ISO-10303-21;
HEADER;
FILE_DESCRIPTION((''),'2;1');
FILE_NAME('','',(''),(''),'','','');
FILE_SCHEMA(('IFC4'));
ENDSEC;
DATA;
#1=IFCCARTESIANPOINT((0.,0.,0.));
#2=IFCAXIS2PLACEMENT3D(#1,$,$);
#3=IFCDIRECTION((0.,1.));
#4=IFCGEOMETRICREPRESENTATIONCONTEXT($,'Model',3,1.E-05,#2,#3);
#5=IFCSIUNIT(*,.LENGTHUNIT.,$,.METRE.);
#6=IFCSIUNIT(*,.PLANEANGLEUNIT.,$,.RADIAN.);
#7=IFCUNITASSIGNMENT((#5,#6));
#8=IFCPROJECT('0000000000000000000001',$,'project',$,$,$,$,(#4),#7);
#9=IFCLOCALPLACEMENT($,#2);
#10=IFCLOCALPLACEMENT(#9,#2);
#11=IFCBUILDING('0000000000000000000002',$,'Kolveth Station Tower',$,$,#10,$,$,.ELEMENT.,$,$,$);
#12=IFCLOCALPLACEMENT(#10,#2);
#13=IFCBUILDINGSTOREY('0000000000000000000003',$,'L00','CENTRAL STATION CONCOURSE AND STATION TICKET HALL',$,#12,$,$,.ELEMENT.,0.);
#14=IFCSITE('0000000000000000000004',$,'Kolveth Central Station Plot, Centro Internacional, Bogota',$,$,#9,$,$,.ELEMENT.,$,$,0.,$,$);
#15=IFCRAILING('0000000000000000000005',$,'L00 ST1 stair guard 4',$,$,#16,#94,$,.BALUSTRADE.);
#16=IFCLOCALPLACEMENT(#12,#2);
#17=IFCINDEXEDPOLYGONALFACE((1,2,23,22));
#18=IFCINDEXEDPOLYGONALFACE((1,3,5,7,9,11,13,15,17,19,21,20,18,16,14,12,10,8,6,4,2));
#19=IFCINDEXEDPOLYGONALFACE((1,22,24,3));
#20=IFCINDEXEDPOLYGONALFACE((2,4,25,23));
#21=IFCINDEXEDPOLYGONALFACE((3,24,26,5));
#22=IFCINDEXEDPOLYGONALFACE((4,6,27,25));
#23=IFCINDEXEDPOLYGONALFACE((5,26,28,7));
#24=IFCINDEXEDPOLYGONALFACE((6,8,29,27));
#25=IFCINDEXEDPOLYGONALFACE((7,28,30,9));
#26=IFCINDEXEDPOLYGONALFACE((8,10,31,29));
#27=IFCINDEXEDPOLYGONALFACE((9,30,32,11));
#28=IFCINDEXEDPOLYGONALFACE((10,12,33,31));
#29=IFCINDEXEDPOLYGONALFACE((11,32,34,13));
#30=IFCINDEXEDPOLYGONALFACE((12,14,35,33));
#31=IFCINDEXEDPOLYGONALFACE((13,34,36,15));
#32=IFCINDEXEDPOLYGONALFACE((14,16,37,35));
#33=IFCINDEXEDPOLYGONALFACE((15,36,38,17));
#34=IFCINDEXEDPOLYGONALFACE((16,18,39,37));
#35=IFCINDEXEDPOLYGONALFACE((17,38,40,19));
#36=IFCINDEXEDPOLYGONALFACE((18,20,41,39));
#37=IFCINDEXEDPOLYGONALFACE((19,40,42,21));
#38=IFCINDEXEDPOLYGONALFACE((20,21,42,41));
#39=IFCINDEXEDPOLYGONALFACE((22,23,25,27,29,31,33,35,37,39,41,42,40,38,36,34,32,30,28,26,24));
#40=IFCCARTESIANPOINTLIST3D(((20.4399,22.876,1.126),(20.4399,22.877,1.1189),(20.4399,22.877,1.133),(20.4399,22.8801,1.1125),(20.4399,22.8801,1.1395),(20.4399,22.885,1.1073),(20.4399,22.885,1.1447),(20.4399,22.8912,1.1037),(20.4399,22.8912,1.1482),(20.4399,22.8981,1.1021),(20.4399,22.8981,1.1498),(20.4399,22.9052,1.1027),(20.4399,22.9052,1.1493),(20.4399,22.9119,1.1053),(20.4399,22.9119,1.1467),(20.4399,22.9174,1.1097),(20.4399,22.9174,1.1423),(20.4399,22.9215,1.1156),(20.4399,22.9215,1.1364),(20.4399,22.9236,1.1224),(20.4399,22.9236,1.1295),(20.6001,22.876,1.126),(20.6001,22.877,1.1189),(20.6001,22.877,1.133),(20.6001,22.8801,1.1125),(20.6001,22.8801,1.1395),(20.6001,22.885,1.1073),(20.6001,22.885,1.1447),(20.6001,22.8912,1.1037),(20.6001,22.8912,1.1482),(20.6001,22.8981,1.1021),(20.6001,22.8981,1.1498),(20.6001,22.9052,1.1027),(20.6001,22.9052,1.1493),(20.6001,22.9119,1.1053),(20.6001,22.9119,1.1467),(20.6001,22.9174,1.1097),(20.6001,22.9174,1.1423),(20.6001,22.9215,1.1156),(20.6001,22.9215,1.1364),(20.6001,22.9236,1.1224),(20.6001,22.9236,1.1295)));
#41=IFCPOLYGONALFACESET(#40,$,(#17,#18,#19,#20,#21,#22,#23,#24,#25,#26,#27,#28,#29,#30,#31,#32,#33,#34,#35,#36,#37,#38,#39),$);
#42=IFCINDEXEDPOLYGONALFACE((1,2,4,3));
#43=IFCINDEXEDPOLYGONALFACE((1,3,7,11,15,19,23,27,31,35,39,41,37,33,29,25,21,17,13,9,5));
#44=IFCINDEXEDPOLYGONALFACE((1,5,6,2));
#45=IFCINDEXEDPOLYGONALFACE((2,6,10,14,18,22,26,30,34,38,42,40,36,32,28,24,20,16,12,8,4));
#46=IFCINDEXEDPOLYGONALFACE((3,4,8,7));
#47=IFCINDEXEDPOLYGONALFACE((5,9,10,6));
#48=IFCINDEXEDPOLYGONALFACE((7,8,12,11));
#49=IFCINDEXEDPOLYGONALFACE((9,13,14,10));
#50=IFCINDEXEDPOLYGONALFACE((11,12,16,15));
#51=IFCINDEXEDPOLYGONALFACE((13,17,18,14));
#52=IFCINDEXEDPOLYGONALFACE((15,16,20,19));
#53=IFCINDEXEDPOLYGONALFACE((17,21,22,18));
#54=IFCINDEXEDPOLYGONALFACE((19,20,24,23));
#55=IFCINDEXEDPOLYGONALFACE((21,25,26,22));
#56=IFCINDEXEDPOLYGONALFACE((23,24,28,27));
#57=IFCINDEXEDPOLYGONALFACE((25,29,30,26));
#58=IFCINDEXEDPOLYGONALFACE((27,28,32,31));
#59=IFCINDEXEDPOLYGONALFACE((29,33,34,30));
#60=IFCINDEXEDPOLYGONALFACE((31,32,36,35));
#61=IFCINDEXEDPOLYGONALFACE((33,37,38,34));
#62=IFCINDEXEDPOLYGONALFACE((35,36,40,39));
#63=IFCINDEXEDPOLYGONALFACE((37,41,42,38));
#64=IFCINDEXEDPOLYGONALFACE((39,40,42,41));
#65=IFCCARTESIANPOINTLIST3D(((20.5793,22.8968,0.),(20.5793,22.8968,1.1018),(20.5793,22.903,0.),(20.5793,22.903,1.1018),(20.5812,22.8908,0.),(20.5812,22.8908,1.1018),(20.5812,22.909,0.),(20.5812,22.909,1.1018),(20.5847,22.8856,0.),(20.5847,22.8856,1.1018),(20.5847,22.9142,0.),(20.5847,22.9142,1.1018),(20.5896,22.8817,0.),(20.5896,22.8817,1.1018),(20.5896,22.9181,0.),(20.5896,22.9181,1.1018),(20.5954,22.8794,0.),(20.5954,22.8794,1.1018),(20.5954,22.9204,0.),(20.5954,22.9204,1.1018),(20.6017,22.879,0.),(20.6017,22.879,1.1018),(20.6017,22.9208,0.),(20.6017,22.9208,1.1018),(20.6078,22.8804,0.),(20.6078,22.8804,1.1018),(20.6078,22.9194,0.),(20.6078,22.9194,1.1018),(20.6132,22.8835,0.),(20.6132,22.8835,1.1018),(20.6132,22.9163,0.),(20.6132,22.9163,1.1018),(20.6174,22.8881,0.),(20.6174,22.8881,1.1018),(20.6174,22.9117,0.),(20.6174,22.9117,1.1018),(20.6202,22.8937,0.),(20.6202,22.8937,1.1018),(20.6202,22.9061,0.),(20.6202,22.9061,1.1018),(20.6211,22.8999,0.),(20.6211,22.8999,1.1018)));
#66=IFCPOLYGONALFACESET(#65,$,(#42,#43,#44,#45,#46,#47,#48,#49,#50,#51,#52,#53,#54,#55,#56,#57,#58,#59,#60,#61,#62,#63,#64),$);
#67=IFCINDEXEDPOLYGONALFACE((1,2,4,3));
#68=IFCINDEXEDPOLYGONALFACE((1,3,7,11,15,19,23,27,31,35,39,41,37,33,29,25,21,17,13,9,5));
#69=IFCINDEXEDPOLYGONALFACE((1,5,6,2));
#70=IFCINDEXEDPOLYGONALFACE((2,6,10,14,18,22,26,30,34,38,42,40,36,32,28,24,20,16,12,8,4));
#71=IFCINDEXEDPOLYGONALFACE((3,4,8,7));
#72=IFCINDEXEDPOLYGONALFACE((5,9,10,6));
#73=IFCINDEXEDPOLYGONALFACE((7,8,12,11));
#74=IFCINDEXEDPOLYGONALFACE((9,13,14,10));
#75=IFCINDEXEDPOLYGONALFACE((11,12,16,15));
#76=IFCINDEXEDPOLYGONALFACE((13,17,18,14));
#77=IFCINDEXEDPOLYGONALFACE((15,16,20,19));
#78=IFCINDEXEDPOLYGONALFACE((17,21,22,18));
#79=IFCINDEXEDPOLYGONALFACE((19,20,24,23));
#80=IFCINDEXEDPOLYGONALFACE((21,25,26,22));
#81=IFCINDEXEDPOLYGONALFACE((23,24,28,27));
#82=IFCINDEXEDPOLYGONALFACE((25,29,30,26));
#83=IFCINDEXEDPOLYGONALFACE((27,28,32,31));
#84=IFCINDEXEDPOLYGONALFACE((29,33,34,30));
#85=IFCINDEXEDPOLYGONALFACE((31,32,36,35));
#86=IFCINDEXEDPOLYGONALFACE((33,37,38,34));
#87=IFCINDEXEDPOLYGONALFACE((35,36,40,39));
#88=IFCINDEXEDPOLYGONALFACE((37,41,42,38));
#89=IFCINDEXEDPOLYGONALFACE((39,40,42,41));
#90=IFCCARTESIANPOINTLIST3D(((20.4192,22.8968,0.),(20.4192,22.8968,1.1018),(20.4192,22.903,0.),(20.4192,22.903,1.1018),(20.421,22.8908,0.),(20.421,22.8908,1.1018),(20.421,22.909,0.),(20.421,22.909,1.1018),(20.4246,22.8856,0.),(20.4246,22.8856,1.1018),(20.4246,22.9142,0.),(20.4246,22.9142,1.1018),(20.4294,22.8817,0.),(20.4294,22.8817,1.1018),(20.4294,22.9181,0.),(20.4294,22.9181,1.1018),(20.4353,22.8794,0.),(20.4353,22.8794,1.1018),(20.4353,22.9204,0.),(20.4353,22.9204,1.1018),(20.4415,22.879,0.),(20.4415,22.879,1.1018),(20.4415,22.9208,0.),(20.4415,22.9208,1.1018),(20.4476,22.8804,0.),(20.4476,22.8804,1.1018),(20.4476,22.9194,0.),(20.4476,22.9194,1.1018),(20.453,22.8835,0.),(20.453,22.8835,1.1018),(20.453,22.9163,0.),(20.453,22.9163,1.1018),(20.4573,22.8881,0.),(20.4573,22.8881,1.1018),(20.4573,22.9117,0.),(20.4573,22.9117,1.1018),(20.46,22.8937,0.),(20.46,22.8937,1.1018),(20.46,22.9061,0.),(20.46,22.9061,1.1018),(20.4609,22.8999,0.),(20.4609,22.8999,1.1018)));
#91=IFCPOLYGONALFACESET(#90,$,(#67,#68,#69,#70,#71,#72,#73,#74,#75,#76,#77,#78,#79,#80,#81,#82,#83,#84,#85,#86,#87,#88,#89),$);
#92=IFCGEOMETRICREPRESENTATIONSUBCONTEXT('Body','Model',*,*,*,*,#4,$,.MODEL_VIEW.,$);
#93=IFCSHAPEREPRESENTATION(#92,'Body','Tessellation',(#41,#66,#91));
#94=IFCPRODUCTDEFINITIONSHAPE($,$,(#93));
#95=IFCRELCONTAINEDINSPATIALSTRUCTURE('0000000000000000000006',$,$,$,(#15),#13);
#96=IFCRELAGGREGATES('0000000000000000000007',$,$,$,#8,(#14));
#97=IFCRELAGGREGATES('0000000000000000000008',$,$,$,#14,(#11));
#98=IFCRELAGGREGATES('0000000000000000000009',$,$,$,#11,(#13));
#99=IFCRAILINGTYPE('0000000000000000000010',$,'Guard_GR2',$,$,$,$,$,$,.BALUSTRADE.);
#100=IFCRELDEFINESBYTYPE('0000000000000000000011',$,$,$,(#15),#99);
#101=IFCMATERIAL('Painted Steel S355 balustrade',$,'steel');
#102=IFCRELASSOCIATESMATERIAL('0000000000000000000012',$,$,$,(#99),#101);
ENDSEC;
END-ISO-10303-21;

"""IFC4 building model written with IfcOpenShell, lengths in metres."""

from ifc_helpers import new_model, si_unit, direction, frame, origin, origin_2d, place, context, subcontext, project, spatial, circle, extrude, material, type_object, element, save


model = new_model("IFC4")

# Units and contexts
model_context = context("Model", 3, precision=1e-05, world=origin(), true_north=direction((0.0, 1.0)))
body_context = subcontext(model_context, "Body", "Model", "MODEL_VIEW")
ifc_project = project(units=[si_unit("LENGTHUNIT", "METRE"), si_unit("PLANEANGLEUNIT", "RADIAN")], contexts=[model_context])

# Site, building, storey
site_placement = place(None, origin())
site = spatial("IfcSite", under=ifc_project, at=site_placement, Name="Kolveth Central Station Plot, Centro Internacional, Bogota", CompositionType="ELEMENT", RefElevation=0.0)
building_placement = place(site_placement, origin())
building = spatial("IfcBuilding", under=site, at=building_placement, Name="Kolveth Station Tower", CompositionType="ELEMENT")
storey_placement = place(building_placement, origin())
storey = spatial("IfcBuildingStorey", under=building, at=storey_placement, Name="L00", Description="CENTRAL STATION CONCOURSE AND STATION TICKET HALL", CompositionType="ELEMENT", Elevation=0.0)

# Railing
ifc_material_1 = material(Name="Painted Steel S355 balustrade", Category="steel")
railing_type_1 = type_object("IfcRailingType", Name="Guard_GR2", PredefinedType="BALUSTRADE", material=ifc_material_1)
railing_1_placement = place(storey_placement, frame((20.6001, 22.8999, 0.0)))
element("IfcRailing", 1, at=railing_1_placement, inside=storey, type_object=railing_type_1, Name="L00 ST1 stair guard 4", PredefinedType="BALUSTRADE", context=body_context, shape_type="SweptSolid", body=[
    extrude(circle(Radius=0.0239, at=origin_2d()), frame((0.0, 0.0, 1.126), z_axis=(-1.0, 0.0, 0.0), x_axis=(0.0, -1.0, 0.0)), (0.0, 0.0, 1.0), 0.1602),
    extrude(circle(Radius=0.021, at=origin_2d()), origin(), (0.0, 0.0, 1.0), 1.1018),
    extrude(circle(Radius=0.021, at=origin_2d()), frame((-0.1602, 0.0, 0.0)), (0.0, 0.0, 1.0), 1.1018),
])

save(model, "model.ifc")
